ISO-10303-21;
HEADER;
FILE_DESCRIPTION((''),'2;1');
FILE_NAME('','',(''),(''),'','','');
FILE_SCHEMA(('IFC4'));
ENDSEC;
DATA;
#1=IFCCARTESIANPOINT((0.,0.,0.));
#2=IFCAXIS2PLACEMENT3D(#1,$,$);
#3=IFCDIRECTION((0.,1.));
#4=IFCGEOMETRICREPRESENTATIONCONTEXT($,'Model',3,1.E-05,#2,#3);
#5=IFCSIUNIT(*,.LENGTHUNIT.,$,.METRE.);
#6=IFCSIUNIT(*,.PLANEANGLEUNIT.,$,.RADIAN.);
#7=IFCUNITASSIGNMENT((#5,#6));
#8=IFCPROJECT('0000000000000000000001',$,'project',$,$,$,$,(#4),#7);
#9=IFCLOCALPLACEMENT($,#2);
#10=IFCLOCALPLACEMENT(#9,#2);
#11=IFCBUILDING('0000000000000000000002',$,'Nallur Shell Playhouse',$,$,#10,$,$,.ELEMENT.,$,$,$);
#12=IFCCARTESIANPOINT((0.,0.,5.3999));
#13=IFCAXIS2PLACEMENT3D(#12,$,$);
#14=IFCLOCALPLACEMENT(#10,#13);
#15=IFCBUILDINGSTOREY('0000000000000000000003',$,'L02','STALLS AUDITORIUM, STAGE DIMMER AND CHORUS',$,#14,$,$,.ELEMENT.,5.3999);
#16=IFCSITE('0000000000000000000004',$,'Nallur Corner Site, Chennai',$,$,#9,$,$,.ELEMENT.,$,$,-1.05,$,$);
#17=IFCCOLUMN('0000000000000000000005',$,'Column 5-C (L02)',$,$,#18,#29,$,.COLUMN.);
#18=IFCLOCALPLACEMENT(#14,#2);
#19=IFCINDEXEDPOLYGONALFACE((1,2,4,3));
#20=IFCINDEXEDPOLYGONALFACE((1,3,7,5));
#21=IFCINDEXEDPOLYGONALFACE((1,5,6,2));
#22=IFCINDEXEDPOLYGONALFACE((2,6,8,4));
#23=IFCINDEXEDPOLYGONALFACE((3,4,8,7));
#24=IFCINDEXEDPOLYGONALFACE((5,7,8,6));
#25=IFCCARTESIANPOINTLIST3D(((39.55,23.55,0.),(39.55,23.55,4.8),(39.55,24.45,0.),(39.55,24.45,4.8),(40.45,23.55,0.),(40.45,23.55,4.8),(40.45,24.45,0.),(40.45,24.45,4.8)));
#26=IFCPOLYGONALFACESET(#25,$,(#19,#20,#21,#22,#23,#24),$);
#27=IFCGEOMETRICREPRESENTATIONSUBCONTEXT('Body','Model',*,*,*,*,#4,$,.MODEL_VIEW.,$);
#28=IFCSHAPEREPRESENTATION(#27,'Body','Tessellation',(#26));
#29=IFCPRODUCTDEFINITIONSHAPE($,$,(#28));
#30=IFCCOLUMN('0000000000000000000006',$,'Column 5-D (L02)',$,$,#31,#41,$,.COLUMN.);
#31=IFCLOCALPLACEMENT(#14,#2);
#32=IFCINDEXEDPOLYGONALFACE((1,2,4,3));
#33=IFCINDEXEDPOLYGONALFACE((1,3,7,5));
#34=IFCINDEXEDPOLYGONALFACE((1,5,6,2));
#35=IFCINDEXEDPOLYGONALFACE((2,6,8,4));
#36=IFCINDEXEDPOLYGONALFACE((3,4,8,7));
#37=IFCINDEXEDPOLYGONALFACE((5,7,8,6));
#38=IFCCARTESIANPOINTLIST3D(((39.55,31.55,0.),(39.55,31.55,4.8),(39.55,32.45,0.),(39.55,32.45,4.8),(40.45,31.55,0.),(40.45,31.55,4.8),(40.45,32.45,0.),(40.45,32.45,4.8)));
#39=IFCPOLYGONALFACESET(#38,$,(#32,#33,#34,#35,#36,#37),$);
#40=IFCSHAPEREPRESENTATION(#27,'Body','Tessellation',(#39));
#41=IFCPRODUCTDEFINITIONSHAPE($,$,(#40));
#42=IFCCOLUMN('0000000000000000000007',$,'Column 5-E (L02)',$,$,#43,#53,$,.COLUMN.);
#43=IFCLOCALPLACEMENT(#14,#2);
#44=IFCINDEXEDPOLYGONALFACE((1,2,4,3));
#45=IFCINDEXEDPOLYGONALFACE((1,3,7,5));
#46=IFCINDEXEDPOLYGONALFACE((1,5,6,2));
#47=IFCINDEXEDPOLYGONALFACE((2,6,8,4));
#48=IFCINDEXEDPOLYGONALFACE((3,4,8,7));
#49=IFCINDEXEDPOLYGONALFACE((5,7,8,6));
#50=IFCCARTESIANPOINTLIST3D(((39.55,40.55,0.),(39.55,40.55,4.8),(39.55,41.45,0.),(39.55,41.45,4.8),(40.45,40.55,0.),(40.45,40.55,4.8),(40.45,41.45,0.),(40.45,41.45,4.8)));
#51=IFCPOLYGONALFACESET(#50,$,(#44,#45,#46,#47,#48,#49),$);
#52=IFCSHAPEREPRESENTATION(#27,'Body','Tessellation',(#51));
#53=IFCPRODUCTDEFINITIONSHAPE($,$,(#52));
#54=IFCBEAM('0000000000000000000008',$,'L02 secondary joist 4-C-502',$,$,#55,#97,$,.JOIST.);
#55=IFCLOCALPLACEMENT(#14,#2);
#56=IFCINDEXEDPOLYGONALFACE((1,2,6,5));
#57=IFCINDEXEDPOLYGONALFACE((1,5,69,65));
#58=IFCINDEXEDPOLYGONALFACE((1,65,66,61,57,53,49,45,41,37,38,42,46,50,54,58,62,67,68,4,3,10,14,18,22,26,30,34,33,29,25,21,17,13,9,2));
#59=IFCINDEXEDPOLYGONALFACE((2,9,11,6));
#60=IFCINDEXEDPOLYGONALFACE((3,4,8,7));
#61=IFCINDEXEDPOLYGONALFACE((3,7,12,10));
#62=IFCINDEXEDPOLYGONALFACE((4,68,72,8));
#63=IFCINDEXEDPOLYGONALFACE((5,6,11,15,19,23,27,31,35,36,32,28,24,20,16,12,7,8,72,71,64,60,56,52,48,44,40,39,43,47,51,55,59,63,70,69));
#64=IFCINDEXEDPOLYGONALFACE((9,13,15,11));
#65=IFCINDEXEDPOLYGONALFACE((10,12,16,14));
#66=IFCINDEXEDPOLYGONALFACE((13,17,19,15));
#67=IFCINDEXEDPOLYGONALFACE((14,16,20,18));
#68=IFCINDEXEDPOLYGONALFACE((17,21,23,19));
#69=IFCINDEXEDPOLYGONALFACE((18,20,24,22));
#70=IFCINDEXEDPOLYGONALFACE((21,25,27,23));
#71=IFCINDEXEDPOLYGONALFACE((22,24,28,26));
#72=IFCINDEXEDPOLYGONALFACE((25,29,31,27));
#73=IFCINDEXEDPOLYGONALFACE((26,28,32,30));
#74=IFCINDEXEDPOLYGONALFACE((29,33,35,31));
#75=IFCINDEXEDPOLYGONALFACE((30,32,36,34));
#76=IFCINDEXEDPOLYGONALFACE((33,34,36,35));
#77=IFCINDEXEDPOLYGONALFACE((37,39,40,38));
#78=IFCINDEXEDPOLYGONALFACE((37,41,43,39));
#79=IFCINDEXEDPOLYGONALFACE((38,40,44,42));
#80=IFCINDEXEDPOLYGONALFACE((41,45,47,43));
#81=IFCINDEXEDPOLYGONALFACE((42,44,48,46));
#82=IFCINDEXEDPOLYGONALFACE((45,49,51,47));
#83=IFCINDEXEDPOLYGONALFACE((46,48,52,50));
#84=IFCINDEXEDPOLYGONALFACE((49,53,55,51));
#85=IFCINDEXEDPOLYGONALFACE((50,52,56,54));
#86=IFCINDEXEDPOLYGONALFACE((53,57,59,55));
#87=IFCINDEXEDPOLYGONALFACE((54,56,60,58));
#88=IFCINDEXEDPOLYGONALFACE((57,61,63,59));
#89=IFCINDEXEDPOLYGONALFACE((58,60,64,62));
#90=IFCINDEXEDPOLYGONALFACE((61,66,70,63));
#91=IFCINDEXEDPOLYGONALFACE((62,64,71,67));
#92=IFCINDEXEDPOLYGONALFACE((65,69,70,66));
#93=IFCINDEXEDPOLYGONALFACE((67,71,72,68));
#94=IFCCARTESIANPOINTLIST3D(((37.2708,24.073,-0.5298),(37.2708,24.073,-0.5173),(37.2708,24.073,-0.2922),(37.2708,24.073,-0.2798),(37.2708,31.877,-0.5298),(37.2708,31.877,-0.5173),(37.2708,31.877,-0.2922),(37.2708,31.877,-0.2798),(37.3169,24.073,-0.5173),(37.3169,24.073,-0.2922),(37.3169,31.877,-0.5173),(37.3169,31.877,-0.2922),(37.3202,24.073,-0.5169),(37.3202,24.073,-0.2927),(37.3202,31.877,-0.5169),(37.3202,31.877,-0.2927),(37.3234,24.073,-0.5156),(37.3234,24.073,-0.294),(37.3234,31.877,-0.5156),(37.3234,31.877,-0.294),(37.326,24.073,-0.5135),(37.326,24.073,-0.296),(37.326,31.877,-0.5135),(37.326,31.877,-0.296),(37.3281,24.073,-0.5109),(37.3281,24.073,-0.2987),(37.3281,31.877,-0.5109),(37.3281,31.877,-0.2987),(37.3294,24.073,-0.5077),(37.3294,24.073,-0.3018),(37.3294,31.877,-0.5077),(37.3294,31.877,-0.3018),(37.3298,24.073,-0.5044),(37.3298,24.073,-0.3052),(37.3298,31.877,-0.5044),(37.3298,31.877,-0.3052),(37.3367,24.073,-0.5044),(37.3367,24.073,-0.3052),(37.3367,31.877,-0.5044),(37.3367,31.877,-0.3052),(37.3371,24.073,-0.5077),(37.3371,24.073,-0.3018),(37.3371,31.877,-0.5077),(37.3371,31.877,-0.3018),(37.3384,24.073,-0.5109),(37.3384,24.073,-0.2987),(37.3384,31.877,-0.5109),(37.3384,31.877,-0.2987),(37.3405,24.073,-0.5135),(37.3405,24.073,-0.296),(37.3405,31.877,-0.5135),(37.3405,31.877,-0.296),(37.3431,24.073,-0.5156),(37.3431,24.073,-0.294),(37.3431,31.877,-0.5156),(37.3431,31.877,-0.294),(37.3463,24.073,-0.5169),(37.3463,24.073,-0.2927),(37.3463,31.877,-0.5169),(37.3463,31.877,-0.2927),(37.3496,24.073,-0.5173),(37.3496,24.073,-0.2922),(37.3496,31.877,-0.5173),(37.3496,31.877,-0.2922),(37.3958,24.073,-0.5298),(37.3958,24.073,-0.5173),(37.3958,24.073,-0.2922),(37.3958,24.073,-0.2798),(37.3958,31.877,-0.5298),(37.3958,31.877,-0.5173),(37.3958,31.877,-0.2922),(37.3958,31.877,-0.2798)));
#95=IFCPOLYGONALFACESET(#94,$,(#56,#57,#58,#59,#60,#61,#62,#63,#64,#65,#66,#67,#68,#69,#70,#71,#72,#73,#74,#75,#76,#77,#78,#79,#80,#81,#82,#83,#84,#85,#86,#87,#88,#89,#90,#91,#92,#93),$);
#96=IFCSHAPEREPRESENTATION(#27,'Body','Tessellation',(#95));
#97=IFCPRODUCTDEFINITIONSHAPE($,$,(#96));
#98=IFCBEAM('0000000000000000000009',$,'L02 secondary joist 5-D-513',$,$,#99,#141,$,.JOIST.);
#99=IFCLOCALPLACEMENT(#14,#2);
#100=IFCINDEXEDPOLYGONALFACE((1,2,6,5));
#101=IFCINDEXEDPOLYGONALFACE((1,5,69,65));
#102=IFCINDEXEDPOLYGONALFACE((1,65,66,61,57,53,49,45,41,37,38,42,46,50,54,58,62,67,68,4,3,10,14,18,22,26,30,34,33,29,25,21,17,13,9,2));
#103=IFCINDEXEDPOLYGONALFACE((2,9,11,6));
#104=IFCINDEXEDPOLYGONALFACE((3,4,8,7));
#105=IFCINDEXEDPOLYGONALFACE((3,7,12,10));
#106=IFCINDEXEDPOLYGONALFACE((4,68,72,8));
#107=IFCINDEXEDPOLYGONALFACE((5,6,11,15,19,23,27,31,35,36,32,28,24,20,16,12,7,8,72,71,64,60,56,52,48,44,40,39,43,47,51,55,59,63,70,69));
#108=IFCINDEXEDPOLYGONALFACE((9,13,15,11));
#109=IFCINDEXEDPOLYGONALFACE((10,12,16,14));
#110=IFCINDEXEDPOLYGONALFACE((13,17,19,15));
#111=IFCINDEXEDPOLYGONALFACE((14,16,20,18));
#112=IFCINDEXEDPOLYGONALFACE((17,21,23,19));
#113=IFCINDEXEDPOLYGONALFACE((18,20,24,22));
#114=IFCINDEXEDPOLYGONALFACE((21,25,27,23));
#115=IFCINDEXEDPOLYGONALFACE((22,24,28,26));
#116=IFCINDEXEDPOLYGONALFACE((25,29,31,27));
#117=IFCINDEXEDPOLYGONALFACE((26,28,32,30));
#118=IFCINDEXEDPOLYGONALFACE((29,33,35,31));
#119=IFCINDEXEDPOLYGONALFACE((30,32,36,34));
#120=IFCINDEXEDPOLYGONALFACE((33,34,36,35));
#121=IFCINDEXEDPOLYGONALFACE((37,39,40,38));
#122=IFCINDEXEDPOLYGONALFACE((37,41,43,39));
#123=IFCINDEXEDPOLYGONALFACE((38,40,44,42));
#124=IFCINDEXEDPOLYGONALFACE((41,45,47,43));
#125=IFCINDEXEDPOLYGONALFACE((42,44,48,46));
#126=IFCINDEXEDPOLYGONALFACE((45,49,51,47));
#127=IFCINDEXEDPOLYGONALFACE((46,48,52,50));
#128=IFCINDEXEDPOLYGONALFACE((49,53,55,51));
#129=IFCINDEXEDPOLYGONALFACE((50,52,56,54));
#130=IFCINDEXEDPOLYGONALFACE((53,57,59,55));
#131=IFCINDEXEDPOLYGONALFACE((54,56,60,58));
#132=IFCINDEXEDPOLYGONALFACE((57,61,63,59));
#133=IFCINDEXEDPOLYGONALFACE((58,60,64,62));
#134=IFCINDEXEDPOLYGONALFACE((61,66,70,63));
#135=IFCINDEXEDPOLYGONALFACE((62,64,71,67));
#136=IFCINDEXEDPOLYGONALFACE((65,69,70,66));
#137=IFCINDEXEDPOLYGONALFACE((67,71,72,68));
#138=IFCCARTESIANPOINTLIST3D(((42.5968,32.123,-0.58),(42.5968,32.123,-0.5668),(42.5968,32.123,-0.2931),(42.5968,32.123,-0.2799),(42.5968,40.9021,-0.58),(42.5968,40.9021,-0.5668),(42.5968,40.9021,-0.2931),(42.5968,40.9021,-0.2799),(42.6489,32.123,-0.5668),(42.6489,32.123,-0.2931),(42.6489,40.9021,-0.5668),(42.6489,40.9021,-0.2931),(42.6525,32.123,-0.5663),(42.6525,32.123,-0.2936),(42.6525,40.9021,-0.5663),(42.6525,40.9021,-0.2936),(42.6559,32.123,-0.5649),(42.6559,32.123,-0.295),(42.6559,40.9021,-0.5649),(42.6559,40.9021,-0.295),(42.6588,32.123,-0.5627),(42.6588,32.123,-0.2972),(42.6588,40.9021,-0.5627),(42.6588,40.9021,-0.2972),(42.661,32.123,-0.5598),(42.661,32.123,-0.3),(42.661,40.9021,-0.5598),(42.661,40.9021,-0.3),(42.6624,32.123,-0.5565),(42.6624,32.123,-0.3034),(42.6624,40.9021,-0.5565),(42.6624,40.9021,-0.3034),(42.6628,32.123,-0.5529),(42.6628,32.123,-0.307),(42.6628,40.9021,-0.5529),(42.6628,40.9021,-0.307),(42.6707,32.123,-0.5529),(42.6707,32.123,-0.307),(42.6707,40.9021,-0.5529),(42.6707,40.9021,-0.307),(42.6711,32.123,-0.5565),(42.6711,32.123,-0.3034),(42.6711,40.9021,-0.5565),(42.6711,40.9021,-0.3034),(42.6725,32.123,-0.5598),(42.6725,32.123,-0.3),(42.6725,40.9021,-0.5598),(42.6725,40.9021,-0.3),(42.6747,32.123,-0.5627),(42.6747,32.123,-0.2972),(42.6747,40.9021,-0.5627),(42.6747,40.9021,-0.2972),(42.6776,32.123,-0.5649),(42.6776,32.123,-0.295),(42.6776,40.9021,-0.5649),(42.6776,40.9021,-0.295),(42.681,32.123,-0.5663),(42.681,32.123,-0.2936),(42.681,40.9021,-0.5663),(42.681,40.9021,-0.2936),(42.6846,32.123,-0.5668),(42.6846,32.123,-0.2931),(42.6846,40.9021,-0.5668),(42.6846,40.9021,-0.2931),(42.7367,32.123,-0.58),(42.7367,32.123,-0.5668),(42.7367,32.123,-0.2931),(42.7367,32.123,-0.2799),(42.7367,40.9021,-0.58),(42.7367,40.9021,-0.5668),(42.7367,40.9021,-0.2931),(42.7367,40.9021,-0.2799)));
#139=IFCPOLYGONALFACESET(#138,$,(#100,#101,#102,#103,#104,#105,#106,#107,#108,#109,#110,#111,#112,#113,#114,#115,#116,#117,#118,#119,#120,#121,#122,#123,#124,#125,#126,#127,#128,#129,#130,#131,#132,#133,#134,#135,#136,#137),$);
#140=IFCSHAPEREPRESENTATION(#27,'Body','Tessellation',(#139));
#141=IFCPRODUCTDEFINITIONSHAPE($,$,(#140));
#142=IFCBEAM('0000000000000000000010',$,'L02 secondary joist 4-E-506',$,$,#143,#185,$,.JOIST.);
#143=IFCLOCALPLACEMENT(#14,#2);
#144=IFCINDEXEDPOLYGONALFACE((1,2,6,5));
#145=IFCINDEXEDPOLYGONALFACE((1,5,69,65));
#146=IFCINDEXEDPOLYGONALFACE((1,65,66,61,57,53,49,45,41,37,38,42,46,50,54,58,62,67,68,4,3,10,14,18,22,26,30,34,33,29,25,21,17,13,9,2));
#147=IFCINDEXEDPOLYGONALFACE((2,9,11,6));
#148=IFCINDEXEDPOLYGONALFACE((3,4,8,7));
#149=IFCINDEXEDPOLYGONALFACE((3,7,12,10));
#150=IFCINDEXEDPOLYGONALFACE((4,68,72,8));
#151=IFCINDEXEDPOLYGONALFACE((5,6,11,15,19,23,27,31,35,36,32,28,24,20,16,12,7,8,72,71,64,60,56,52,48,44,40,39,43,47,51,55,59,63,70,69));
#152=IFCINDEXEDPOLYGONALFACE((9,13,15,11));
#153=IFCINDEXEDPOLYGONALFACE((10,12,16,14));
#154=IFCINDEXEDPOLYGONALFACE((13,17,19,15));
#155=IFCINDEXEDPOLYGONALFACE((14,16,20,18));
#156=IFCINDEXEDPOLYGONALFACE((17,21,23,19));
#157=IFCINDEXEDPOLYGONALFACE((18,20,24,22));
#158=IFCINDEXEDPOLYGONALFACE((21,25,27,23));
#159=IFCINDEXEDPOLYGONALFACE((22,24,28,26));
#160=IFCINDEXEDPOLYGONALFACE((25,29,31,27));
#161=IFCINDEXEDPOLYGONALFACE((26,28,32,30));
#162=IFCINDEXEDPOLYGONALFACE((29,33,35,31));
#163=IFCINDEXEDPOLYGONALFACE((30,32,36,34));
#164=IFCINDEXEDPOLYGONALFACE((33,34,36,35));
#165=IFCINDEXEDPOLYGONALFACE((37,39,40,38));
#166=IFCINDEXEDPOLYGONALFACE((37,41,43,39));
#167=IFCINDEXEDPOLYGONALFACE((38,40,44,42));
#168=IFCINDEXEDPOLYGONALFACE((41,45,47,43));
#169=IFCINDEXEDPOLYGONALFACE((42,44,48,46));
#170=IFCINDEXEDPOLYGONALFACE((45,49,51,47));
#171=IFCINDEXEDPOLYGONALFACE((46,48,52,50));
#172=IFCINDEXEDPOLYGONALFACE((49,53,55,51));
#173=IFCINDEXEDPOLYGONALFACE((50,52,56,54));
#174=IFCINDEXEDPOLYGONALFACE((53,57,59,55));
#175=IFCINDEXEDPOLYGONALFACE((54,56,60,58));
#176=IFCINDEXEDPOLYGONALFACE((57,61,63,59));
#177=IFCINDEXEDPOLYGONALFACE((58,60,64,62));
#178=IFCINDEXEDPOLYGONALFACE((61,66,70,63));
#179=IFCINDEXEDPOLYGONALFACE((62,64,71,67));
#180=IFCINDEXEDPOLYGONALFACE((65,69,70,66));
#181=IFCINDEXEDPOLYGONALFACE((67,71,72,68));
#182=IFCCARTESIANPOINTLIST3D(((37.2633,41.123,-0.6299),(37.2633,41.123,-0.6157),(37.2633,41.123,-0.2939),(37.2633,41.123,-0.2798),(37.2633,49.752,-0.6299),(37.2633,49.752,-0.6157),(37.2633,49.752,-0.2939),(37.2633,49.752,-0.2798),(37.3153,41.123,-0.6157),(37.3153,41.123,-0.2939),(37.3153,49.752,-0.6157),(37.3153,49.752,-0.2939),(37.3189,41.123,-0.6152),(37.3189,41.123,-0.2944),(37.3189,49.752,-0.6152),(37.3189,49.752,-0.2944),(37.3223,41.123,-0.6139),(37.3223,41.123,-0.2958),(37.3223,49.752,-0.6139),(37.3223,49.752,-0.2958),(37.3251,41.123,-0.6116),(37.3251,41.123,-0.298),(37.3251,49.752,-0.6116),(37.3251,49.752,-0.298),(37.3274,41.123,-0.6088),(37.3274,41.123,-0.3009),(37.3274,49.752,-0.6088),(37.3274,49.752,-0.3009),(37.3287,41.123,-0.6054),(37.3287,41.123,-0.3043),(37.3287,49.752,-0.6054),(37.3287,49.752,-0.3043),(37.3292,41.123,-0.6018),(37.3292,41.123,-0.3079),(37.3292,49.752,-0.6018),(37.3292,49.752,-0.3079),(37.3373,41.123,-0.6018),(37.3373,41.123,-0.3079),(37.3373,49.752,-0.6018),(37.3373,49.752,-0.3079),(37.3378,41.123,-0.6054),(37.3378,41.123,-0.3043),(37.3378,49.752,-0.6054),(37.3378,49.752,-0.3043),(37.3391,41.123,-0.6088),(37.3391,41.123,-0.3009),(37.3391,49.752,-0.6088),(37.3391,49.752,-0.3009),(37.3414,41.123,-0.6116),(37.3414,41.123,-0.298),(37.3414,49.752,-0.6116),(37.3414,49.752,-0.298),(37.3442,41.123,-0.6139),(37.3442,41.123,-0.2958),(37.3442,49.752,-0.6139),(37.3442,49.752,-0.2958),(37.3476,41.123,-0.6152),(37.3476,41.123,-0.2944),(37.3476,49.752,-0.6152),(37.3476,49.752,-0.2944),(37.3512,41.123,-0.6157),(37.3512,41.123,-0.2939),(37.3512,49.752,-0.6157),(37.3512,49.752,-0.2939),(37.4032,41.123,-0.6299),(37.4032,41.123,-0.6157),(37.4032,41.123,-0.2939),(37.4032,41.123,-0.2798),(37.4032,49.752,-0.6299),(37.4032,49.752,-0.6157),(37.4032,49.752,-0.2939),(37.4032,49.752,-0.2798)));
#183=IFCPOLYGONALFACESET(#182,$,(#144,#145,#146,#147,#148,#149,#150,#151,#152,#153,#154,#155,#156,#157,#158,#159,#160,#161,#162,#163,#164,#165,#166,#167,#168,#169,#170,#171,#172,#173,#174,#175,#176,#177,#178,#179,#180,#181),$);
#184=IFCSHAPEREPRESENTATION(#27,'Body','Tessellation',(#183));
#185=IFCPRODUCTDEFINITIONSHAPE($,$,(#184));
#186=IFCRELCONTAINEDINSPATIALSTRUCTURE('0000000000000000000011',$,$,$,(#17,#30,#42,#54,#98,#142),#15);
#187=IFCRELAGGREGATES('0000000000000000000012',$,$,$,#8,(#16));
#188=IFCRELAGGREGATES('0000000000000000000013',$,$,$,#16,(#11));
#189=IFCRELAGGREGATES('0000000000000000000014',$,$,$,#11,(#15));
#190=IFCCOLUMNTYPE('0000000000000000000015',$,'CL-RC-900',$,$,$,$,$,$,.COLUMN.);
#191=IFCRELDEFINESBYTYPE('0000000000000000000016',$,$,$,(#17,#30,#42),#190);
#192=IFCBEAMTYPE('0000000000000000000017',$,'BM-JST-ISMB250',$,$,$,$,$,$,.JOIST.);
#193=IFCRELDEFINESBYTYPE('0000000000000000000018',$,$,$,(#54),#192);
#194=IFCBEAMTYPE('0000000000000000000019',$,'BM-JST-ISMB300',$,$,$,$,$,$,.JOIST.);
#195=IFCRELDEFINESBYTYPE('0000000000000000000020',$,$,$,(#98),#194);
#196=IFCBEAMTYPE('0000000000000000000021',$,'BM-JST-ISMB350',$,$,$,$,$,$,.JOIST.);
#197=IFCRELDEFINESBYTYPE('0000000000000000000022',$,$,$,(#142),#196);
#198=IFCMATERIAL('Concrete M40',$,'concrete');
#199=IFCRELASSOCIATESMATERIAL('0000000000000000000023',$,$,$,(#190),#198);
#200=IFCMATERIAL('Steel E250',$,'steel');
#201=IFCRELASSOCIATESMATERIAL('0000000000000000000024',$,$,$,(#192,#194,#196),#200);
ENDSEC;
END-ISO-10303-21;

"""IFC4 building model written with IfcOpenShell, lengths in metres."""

from ifc_helpers import new_model, si_unit, direction, frame, origin, origin_2d, place, context, subcontext, project, spatial, rectangle, i_section, extrude, material, material_profile, profile_set, type_object, element, save


model = new_model("IFC4")

# Units and contexts
model_context = context("Model", 3, precision=1e-05, world=origin(), true_north=direction((0.0, 1.0)))
body_context = subcontext(model_context, "Body", "Model", "MODEL_VIEW")
ifc_project = project(units=[si_unit("LENGTHUNIT", "METRE"), si_unit("PLANEANGLEUNIT", "RADIAN")], contexts=[model_context])

# Site, building, storey
site_placement = place(None, origin())
site = spatial("IfcSite", under=ifc_project, at=site_placement, Name="Nallur Corner Site, Chennai", CompositionType="ELEMENT", RefElevation=-1.05)
building_placement = place(site_placement, origin())
building = spatial("IfcBuilding", under=site, at=building_placement, Name="Nallur Shell Playhouse", CompositionType="ELEMENT")
storey_placement = place(building_placement, frame((0.0, 0.0, 5.3999)))
storey = spatial("IfcBuildingStorey", under=building, at=storey_placement, Name="L02", Description="STALLS AUDITORIUM, STAGE DIMMER AND CHORUS", CompositionType="ELEMENT", Elevation=5.3999)

# Columns
ifc_material_1 = material(Name="Concrete M40", Category="concrete")
ifc_material_profile_1 = material_profile(ifc_material_1, rectangle(XDim=0.8999, YDim=0.8999, at=origin_2d()), Name="RC 900x900")
ifc_profile_set_1 = profile_set([ifc_material_profile_1], Name="Concrete M40")
column_type = type_object("IfcColumnType", Name="CL-RC-900", PredefinedType="COLUMN", material=ifc_profile_set_1)
for number, where, z_axis, x_axis, name in (
    (1, (40.0, 24.0, 0.0), (0.0, 0.0, 1.0), (1.0, 0.0, 0.0), "Column 5-C (L02)"),
    (2, (40.0, 32.0, 0.0), (0.0, 0.0, 1.0), (1.0, 0.0, 0.0), "Column 5-D (L02)"),
    (3, (40.0, 41.0, 0.0), (0.0, 0.0, 1.0), (1.0, 0.0, 0.0), "Column 5-E (L02)"),
):
    element("IfcColumn", number, at=place(storey_placement, frame(where, z_axis=z_axis, x_axis=x_axis)), inside=storey, type_object=column_type, Name=name, PredefinedType="COLUMN", context=body_context, shape_type="SweptSolid", body=[
        extrude(rectangle(XDim=0.8999, YDim=0.8999, at=origin_2d()), origin(), (0.0, 0.0, 1.0), 4.8),
    ])

# Beams
ifc_material_2 = material(Name="Steel E250", Category="steel")
ifc_material_profile_2 = material_profile(ifc_material_2, i_section(OverallWidth=0.125, OverallDepth=0.25, WebThickness=0.0068, FlangeThickness=0.0125, FilletRadius=0.0129, at=origin_2d()), Name="ISMB 250")
ifc_profile_set_2 = profile_set([ifc_material_profile_2], Name="Steel E250")
beam_type_1 = type_object("IfcBeamType", Name="BM-JST-ISMB250", PredefinedType="JOIST", material=ifc_profile_set_2)
beam_1_placement = place(storey_placement, frame((37.3333, 24.073, -0.4048), z_axis=(0.0, 1.0, 0.0), x_axis=(-1.0, 0.0, 0.0)))
element("IfcBeam", 4, at=beam_1_placement, inside=storey, type_object=beam_type_1, Name="L02 secondary joist 4-C-502", PredefinedType="JOIST", context=body_context, shape_type="SweptSolid", body=[
    extrude(i_section(OverallWidth=0.125, OverallDepth=0.25, WebThickness=0.0068, FlangeThickness=0.0125, FilletRadius=0.0129, at=origin_2d()), origin(), (0.0, 0.0, 1.0), 7.804),
])
ifc_material_profile_3 = material_profile(ifc_material_2, i_section(OverallWidth=0.1399, OverallDepth=0.3, WebThickness=0.0078, FlangeThickness=0.0132, FilletRadius=0.0139, at=origin_2d()), Name="ISMB 300")
ifc_profile_set_3 = profile_set([ifc_material_profile_3], Name="Steel E250")
beam_type_2 = type_object("IfcBeamType", Name="BM-JST-ISMB300", PredefinedType="JOIST", material=ifc_profile_set_3)
beam_2_placement = place(storey_placement, frame((42.6667, 32.123, -0.4299), z_axis=(0.0, 1.0, 0.0), x_axis=(-1.0, 0.0, 0.0)))
element("IfcBeam", 5, at=beam_2_placement, inside=storey, type_object=beam_type_2, Name="L02 secondary joist 5-D-513", PredefinedType="JOIST", context=body_context, shape_type="SweptSolid", body=[
    extrude(i_section(OverallWidth=0.1399, OverallDepth=0.3, WebThickness=0.0078, FlangeThickness=0.0132, FilletRadius=0.0139, at=origin_2d()), origin(), (0.0, 0.0, 1.0), 8.7791),
])
ifc_material_profile_4 = material_profile(ifc_material_2, i_section(OverallWidth=0.1399, OverallDepth=0.3501, WebThickness=0.0081, FlangeThickness=0.0142, FilletRadius=0.0139, at=origin_2d()), Name="ISMB 350")
ifc_profile_set_4 = profile_set([ifc_material_profile_4], Name="Steel E250")
beam_type_3 = type_object("IfcBeamType", Name="BM-JST-ISMB350", PredefinedType="JOIST", material=ifc_profile_set_4)
beam_3_placement = place(storey_placement, frame((37.3333, 41.123, -0.4548), z_axis=(0.0, 1.0, 0.0), x_axis=(-1.0, 0.0, 0.0)))
element("IfcBeam", 6, at=beam_3_placement, inside=storey, type_object=beam_type_3, Name="L02 secondary joist 4-E-506", PredefinedType="JOIST", context=body_context, shape_type="SweptSolid", body=[
    extrude(i_section(OverallWidth=0.1399, OverallDepth=0.3501, WebThickness=0.0081, FlangeThickness=0.0142, FilletRadius=0.0139, at=origin_2d()), origin(), (0.0, 0.0, 1.0), 8.6289),
])

save(model, "model.ifc")
